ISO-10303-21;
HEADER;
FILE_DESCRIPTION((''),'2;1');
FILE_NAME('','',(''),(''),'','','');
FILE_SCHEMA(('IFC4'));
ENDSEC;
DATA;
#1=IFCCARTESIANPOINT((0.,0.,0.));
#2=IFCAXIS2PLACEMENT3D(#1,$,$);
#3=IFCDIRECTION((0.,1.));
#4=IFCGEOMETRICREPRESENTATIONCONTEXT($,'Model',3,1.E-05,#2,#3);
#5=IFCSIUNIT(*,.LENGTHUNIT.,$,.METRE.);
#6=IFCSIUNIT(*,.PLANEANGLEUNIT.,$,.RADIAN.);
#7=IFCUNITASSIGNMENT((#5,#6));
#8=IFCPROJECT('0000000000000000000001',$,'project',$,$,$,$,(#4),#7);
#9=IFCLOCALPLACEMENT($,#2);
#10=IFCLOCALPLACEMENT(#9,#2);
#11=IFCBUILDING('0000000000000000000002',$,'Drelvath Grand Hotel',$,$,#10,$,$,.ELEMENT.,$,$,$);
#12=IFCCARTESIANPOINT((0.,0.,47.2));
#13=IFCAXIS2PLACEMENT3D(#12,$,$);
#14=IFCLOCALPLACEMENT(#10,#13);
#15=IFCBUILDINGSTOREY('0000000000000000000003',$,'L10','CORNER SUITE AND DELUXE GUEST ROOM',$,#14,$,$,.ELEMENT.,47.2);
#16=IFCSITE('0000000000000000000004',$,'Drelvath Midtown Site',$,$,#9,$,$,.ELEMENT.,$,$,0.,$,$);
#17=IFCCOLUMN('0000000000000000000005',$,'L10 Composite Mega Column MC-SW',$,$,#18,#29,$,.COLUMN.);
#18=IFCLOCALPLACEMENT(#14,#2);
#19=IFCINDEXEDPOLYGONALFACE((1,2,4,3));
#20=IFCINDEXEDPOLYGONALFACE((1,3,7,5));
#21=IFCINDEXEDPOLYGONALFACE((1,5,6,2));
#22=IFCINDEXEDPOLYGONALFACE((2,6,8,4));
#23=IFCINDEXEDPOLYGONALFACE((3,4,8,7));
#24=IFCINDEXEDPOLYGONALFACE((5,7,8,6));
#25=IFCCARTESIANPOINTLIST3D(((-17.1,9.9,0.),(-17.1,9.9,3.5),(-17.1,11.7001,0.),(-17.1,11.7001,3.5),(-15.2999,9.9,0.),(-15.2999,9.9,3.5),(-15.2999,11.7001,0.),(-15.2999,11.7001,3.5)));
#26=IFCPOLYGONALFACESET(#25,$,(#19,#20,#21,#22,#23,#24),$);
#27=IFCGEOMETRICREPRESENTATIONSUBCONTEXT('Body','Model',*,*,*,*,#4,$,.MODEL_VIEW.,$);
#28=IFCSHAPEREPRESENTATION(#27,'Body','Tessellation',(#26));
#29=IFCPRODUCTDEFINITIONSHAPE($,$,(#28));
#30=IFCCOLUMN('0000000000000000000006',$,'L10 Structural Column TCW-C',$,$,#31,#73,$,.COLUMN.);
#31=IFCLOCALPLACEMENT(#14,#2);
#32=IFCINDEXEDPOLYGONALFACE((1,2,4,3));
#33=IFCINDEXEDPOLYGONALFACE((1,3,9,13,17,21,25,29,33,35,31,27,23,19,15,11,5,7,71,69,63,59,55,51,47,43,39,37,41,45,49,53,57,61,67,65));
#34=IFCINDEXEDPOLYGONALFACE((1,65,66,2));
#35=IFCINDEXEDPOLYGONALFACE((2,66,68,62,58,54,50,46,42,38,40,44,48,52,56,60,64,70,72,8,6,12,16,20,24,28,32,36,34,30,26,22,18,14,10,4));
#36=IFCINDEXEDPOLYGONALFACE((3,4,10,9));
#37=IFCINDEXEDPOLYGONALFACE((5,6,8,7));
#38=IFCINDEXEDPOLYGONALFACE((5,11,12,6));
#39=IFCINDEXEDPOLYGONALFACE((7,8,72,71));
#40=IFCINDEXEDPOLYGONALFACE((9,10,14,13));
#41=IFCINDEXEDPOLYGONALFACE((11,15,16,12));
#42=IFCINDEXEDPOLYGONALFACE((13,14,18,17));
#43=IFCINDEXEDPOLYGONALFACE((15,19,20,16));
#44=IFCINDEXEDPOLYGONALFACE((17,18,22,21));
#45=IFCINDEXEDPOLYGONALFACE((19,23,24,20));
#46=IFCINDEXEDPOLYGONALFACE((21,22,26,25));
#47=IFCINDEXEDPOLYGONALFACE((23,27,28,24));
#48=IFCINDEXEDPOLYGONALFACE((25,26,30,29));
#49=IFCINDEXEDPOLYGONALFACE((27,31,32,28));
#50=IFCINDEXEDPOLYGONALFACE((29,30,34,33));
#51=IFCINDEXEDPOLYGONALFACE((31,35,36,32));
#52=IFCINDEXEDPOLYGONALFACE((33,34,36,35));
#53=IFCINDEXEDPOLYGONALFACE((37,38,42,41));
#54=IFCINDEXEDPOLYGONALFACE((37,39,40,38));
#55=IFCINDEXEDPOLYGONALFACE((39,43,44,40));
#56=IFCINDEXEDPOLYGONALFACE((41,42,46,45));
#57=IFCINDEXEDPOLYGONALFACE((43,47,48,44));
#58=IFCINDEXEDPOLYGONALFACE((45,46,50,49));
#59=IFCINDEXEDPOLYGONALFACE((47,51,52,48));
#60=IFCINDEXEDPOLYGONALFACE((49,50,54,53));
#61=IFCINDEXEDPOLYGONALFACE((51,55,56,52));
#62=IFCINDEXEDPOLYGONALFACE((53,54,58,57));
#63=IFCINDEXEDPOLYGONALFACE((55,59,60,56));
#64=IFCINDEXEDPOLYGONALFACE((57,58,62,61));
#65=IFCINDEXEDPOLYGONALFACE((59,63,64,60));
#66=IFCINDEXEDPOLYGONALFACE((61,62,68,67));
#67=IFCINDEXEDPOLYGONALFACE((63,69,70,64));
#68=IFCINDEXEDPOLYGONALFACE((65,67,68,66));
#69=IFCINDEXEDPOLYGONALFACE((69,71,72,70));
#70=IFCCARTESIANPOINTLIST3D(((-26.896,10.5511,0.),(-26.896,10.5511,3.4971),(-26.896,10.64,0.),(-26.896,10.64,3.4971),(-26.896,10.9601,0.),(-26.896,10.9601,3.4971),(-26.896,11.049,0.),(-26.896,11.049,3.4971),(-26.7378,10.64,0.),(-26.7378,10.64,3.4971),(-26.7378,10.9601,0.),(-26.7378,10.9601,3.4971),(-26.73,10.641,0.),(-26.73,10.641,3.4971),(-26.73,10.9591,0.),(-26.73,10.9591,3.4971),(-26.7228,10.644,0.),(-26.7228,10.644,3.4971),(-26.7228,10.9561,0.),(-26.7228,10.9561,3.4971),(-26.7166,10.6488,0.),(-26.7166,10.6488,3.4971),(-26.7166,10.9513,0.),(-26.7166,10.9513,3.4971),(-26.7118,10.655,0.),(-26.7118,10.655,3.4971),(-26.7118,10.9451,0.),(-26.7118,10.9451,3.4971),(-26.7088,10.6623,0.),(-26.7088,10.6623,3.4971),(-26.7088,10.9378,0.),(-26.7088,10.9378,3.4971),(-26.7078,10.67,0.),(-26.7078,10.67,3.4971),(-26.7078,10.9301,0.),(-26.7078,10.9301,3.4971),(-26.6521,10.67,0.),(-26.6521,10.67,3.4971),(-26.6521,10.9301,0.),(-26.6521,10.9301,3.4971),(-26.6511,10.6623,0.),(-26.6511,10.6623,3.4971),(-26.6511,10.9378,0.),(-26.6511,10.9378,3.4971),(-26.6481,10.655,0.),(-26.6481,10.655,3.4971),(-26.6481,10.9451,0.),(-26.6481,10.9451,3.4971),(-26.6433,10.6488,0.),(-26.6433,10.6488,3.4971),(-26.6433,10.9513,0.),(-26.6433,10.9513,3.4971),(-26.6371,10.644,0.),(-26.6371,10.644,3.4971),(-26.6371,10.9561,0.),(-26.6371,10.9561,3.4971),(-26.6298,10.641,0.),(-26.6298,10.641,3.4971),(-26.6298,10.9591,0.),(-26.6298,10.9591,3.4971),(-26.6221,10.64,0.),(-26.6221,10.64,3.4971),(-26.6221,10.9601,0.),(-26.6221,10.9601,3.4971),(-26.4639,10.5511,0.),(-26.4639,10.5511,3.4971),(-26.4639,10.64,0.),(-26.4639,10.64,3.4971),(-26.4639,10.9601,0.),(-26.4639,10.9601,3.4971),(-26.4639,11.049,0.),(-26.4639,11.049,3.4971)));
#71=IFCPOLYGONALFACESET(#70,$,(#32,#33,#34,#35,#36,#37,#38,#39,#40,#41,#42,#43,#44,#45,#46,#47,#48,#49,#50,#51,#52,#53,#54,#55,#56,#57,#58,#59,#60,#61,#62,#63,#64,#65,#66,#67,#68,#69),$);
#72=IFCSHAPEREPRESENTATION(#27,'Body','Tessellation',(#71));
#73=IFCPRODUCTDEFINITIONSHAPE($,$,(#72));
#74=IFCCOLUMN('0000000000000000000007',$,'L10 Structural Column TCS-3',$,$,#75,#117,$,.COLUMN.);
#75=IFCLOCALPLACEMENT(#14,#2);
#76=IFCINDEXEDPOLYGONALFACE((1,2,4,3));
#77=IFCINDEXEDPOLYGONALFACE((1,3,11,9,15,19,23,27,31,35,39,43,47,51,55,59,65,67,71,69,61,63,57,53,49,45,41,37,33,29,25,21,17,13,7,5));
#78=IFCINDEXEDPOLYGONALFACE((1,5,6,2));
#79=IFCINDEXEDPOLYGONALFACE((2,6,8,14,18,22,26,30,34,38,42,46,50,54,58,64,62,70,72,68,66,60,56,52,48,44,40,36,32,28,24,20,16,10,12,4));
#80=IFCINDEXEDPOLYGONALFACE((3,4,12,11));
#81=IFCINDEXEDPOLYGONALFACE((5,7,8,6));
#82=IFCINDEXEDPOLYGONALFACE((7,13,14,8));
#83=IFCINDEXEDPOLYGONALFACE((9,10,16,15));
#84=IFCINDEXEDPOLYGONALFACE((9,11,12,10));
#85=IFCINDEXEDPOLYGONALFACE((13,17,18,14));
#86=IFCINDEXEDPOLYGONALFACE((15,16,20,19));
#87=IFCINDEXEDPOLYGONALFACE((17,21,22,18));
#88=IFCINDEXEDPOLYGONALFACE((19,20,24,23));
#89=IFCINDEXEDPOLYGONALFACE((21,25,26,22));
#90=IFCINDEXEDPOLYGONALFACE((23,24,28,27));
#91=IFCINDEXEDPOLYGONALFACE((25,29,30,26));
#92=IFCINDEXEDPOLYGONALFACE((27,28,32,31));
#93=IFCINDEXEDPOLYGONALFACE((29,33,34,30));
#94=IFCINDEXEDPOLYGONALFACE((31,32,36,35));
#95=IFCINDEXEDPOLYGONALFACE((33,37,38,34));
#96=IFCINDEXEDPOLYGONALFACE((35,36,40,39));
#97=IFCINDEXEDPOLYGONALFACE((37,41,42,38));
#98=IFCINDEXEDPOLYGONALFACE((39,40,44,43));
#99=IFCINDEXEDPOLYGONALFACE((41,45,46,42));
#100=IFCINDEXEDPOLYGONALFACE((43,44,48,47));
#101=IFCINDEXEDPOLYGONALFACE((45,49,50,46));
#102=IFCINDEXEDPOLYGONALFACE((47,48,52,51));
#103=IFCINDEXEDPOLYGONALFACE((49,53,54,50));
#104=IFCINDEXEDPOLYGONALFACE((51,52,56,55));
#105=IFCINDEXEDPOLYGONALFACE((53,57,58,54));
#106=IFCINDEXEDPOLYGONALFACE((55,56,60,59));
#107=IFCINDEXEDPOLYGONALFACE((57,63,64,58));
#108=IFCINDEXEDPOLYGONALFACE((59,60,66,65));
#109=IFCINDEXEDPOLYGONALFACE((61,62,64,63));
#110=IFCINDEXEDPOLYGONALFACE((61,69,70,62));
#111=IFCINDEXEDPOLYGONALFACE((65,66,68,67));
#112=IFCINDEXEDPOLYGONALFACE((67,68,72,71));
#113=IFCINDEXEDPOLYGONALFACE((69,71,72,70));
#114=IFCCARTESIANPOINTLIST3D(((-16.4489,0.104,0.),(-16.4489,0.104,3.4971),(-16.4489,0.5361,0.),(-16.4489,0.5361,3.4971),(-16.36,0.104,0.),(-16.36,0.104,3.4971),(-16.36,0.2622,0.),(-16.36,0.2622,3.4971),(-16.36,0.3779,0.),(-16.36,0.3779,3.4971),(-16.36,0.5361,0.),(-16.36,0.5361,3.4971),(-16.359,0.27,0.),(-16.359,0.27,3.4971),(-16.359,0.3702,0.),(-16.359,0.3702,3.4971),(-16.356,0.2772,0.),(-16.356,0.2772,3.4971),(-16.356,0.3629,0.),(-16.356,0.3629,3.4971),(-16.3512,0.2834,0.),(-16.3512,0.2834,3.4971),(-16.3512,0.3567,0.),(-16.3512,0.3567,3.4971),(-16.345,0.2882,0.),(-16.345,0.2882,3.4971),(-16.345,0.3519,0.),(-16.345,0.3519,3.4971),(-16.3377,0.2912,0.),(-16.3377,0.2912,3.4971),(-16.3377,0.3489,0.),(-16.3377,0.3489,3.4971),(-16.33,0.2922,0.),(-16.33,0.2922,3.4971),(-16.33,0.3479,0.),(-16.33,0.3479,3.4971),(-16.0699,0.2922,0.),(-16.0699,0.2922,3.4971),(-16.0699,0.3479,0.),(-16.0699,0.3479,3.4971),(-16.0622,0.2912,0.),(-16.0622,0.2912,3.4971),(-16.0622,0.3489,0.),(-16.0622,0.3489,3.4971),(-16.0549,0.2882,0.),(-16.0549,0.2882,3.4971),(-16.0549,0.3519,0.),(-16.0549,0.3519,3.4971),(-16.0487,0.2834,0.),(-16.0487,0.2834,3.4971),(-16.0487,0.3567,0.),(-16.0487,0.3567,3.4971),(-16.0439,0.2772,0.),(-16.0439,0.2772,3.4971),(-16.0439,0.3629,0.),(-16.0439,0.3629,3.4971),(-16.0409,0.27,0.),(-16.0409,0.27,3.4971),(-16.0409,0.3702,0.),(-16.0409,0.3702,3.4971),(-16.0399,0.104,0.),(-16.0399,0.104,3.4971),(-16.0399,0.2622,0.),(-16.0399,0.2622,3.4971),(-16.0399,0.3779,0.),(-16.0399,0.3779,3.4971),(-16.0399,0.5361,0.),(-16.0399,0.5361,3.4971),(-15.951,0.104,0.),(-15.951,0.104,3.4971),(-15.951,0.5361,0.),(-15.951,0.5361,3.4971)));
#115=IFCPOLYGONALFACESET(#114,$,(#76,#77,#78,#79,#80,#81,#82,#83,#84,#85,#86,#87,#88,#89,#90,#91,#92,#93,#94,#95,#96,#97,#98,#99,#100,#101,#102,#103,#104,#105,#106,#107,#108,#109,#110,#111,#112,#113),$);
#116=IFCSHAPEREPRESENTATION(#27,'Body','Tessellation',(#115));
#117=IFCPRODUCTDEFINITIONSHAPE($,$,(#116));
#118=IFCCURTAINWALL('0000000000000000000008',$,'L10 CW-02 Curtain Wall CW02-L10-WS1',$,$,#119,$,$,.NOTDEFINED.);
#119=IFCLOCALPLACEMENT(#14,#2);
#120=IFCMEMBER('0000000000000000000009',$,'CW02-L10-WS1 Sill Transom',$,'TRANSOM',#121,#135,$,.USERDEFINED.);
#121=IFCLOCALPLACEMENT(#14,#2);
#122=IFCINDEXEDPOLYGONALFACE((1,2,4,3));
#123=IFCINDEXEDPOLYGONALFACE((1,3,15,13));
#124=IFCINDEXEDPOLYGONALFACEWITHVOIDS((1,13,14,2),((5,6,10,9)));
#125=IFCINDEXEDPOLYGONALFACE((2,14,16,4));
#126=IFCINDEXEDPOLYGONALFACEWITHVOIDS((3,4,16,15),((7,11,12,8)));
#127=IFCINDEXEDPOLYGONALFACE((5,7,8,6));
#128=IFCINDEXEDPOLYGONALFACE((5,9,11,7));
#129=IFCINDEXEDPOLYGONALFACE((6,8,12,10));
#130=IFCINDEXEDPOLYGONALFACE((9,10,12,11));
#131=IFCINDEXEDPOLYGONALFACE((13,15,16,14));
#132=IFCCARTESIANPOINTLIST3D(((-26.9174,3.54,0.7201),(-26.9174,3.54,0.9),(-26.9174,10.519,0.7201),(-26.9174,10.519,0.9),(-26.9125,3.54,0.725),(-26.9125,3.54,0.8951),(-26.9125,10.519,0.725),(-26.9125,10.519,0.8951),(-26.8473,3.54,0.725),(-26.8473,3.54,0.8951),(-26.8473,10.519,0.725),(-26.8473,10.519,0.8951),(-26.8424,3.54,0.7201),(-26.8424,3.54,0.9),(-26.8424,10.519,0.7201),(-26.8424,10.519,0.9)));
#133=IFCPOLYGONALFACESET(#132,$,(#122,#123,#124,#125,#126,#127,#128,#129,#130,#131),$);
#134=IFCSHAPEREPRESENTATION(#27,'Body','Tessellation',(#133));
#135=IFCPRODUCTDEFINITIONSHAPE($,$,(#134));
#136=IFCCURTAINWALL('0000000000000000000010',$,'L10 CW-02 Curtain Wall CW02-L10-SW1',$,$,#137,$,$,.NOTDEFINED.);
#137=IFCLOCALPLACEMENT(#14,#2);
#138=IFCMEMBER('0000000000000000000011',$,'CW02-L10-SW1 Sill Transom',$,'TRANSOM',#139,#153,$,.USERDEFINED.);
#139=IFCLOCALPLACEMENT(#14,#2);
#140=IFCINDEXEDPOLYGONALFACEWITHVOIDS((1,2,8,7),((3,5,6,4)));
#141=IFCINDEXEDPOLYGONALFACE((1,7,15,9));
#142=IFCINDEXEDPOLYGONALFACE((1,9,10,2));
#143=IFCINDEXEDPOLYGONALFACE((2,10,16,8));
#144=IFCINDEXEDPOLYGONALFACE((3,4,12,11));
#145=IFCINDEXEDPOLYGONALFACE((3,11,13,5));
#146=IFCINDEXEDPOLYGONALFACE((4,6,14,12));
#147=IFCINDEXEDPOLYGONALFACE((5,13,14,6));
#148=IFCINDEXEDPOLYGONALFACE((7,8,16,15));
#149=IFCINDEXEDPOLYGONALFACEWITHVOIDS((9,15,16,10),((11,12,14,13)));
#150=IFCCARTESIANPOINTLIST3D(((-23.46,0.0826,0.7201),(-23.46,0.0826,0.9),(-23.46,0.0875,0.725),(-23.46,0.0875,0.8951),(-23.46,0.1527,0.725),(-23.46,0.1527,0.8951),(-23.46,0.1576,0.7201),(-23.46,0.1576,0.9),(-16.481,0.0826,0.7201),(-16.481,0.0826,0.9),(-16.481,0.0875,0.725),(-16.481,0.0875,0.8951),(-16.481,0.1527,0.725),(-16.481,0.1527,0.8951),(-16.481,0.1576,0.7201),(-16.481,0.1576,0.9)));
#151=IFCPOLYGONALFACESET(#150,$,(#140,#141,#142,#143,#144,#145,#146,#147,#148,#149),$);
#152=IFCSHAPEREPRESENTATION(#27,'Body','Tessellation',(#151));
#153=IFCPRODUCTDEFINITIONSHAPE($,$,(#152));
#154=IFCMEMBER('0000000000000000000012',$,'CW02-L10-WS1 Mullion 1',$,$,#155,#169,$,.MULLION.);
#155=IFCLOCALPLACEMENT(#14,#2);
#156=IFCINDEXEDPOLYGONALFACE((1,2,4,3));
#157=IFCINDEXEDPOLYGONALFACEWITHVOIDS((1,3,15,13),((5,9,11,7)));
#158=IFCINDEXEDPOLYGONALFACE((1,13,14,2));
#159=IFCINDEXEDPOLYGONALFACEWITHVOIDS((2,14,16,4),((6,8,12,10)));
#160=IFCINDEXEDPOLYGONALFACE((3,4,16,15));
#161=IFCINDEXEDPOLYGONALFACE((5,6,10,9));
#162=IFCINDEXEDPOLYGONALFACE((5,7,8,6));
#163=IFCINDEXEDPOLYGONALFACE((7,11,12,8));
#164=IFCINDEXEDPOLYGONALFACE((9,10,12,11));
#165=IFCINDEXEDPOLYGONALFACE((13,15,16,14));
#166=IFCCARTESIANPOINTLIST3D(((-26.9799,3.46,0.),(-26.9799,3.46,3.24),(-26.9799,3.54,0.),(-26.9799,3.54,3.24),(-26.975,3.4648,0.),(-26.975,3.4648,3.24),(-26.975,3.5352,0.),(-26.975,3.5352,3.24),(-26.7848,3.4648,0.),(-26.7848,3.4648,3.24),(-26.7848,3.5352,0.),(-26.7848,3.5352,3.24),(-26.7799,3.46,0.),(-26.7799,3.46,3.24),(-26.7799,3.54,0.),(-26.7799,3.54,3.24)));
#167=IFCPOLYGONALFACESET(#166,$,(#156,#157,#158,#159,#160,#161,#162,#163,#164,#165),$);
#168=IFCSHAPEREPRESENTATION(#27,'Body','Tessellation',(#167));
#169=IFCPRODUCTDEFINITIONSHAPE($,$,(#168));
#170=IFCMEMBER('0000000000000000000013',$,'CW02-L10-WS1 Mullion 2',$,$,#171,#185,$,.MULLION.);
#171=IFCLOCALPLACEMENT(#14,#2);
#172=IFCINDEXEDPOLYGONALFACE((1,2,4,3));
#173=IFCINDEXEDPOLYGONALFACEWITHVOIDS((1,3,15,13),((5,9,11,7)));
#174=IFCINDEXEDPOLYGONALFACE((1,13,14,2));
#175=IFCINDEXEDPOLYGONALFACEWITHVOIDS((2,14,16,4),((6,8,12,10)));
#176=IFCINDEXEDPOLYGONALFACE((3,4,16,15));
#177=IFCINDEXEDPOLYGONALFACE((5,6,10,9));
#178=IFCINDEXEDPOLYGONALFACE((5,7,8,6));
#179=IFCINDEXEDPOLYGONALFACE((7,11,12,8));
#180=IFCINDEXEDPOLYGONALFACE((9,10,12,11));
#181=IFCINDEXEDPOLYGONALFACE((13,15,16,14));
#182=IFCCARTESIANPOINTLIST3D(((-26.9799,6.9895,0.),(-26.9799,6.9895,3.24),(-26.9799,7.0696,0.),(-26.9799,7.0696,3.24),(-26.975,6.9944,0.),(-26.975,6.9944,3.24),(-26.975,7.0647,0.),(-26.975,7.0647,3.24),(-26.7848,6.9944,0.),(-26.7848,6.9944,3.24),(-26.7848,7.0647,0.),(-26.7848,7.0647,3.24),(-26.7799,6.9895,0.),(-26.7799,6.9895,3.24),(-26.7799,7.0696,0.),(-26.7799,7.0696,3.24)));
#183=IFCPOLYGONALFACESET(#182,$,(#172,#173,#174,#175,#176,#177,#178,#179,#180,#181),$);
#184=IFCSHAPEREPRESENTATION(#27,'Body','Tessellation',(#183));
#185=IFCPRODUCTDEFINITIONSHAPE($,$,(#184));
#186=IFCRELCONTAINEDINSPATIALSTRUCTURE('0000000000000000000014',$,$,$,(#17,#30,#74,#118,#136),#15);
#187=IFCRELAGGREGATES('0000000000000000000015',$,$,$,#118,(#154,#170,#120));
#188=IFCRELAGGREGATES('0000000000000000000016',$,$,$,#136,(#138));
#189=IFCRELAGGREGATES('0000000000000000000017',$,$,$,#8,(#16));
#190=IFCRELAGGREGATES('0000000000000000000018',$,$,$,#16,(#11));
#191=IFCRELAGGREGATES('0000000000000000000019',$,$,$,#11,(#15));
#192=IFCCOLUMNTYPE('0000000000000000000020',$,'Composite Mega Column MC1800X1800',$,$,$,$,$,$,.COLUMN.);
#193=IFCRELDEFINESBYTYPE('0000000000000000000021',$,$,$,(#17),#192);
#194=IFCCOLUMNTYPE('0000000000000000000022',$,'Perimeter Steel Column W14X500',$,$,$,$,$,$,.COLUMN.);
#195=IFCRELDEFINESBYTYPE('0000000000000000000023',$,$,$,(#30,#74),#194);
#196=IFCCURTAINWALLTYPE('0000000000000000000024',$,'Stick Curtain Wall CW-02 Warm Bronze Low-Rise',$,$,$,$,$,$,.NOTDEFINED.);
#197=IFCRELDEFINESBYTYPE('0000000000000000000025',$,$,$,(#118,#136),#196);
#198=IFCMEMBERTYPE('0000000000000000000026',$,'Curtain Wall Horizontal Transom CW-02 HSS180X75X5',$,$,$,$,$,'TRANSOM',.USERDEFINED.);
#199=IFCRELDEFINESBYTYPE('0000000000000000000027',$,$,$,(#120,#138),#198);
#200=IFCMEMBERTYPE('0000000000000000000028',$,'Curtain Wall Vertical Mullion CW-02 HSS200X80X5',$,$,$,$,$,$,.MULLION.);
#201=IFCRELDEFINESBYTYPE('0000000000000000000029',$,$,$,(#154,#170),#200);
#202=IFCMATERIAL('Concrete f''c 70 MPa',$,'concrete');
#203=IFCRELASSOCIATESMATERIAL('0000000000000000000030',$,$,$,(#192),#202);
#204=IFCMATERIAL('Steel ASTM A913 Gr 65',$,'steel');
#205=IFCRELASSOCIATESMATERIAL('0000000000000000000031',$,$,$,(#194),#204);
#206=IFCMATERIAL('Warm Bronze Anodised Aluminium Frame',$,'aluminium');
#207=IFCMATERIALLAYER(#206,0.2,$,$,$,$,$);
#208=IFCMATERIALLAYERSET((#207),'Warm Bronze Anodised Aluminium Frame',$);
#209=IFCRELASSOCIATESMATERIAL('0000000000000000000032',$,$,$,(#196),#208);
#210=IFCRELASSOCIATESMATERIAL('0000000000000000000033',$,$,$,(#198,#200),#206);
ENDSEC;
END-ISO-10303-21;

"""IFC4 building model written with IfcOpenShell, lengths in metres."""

from ifc_helpers import new_model, si_unit, direction, frame, origin, origin_2d, place, context, subcontext, project, spatial, rectangle, hollow_rectangle, i_section, extrude, material, layer, layer_set, material_profile, profile_set, type_object, element, aggregate, save


model = new_model("IFC4")

# Units and contexts
model_context = context("Model", 3, precision=1e-05, world=origin(), true_north=direction((0.0, 1.0)))
body_context = subcontext(model_context, "Body", "Model", "MODEL_VIEW")
ifc_project = project(units=[si_unit("LENGTHUNIT", "METRE"), si_unit("PLANEANGLEUNIT", "RADIAN")], contexts=[model_context])

# Site, building, storey
site_placement = place(None, origin())
site = spatial("IfcSite", under=ifc_project, at=site_placement, Name="Drelvath Midtown Site", CompositionType="ELEMENT", RefElevation=0.0)
building_placement = place(site_placement, origin())
building = spatial("IfcBuilding", under=site, at=building_placement, Name="Drelvath Grand Hotel", CompositionType="ELEMENT")
storey_placement = place(building_placement, frame((0.0, 0.0, 47.2)))
storey = spatial("IfcBuildingStorey", under=building, at=storey_placement, Name="L10", Description="CORNER SUITE AND DELUXE GUEST ROOM", CompositionType="ELEMENT", Elevation=47.2)

# Columns
ifc_material_1 = material(Name="Concrete f'c 70 MPa", Category="concrete")
ifc_material_profile_1 = material_profile(ifc_material_1, rectangle(XDim=1.8, YDim=1.8, at=origin_2d()), Name="MC1800X1800")
ifc_profile_set_1 = profile_set([ifc_material_profile_1], Name="Concrete f'c 70 MPa")
column_type_1 = type_object("IfcColumnType", Name="Composite Mega Column MC1800X1800", PredefinedType="COLUMN", material=ifc_profile_set_1)
column_placement = place(storey_placement, frame((-16.2, 10.8, 0.0), z_axis=(0.0, 0.0, 1.0), x_axis=(1.0, 0.0, 0.0)))
element("IfcColumn", 1, at=column_placement, inside=storey, type_object=column_type_1, Name="L10 Composite Mega Column MC-SW", PredefinedType="COLUMN", context=body_context, shape_type="SweptSolid", body=[
    extrude(rectangle(XDim=1.8, YDim=1.8, at=origin_2d()), origin(), (0.0, 0.0, 1.0), 3.5),
])
ifc_material_2 = material(Name="Steel ASTM A913 Gr 65", Category="steel")
ifc_material_profile_2 = material_profile(ifc_material_2, i_section(OverallWidth=0.4321, OverallDepth=0.4978, WebThickness=0.0557, FlangeThickness=0.0889, FilletRadius=0.03, at=origin_2d()), Name="W14X500")
ifc_profile_set_2 = profile_set([ifc_material_profile_2], Name="Steel ASTM A913 Gr 65")
column_type_2 = type_object("IfcColumnType", Name="Perimeter Steel Column W14X500", PredefinedType="COLUMN", material=ifc_profile_set_2)
for number, where, z_axis, x_axis, name in (
    (2, (-26.6799, 10.8, 0.0), (0.0, 0.0, 1.0), (1.0, 0.0, 0.0), "L10 Structural Column TCW-C"),
    (3, (-16.2, 0.3201, 0.0), (0.0, 0.0, 1.0), (0.0, 1.0, 0.0), "L10 Structural Column TCS-3"),
):
    element("IfcColumn", number, at=place(storey_placement, frame(where, z_axis=z_axis, x_axis=x_axis)), inside=storey, type_object=column_type_2, Name=name, PredefinedType="COLUMN", context=body_context, shape_type="SweptSolid", body=[
        extrude(i_section(OverallWidth=0.4321, OverallDepth=0.4978, WebThickness=0.0557, FlangeThickness=0.0889, FilletRadius=0.03, at=origin_2d()), origin(), (0.0, 0.0, 1.0), 3.4971),
    ])

# Curtain walls, members
ifc_material_3 = material(Name="Warm Bronze Anodised Aluminium Frame", Category="aluminium")
ifc_layer_1 = layer(ifc_material_3, 0.2)
ifc_layer_set_1 = layer_set([ifc_layer_1], Name="Warm Bronze Anodised Aluminium Frame")
curtain_wall_type = type_object("IfcCurtainWallType", Name="Stick Curtain Wall CW-02 Warm Bronze Low-Rise", PredefinedType="NOTDEFINED", material=ifc_layer_set_1)
curtain_wall_1_placement = place(storey_placement, origin())
curtain_wall_1 = element("IfcCurtainWall", 4, at=curtain_wall_1_placement, inside=storey, type_object=curtain_wall_type, Name="L10 CW-02 Curtain Wall CW02-L10-WS1", PredefinedType="NOTDEFINED")
ifc_material_profile_3 = material_profile(ifc_material_3, hollow_rectangle(XDim=0.075, YDim=0.1799, WallThickness=0.0049, at=origin_2d()), Name="HSS180X75X5")
ifc_profile_set_3 = profile_set([ifc_material_profile_3], Name="Warm Bronze Anodised Aluminium Frame")
member_type_1 = type_object("IfcMemberType", Name="Curtain Wall Horizontal Transom CW-02 HSS180X75X5", ElementType="TRANSOM", PredefinedType="USERDEFINED", material=ifc_profile_set_3)
member_1_placement = place(storey_placement, frame((-26.8799, 3.54, 0.8101), z_axis=(0.0, 1.0, 0.0), x_axis=(-1.0, 0.0, 0.0)))
member_1 = element("IfcMember", 5, at=member_1_placement, type_object=member_type_1, Name="CW02-L10-WS1 Sill Transom", ObjectType="TRANSOM", PredefinedType="USERDEFINED", context=body_context, shape_type="SweptSolid", body=[
    extrude(hollow_rectangle(XDim=0.075, YDim=0.1799, WallThickness=0.0049, at=origin_2d()), origin(), (0.0, 0.0, 1.0), 6.979),
])
curtain_wall_2_placement = place(storey_placement, origin())
curtain_wall_2 = element("IfcCurtainWall", 6, at=curtain_wall_2_placement, inside=storey, type_object=curtain_wall_type, Name="L10 CW-02 Curtain Wall CW02-L10-SW1", PredefinedType="NOTDEFINED")
member_2_placement = place(storey_placement, frame((-16.481, 0.1201, 0.8101), z_axis=(-1.0, 0.0, 0.0), x_axis=(0.0, -1.0, 0.0)))
member_2 = element("IfcMember", 7, at=member_2_placement, type_object=member_type_1, Name="CW02-L10-SW1 Sill Transom", ObjectType="TRANSOM", PredefinedType="USERDEFINED", context=body_context, shape_type="SweptSolid", body=[
    extrude(hollow_rectangle(XDim=0.075, YDim=0.1799, WallThickness=0.0049, at=origin_2d()), origin(), (0.0, 0.0, 1.0), 6.979),
])

# Members
ifc_material_profile_4 = material_profile(ifc_material_3, hollow_rectangle(XDim=0.0801, YDim=0.2, WallThickness=0.0049, at=origin_2d()), Name="HSS200X80X5")
ifc_profile_set_4 = profile_set([ifc_material_profile_4], Name="Warm Bronze Anodised Aluminium Frame")
member_type_2 = type_object("IfcMemberType", Name="Curtain Wall Vertical Mullion CW-02 HSS200X80X5", PredefinedType="MULLION", material=ifc_profile_set_4)
member_3_placement = place(storey_placement, frame((-26.8799, 3.5, 0.0), z_axis=(0.0, 0.0, 1.0), x_axis=(0.0, 1.0, 0.0)))
member_3 = element("IfcMember", 8, at=member_3_placement, type_object=member_type_2, Name="CW02-L10-WS1 Mullion 1", PredefinedType="MULLION", context=body_context, shape_type="SweptSolid", body=[
    extrude(hollow_rectangle(XDim=0.0801, YDim=0.2, WallThickness=0.0049, at=origin_2d()), origin(), (0.0, 0.0, 1.0), 3.24),
])
member_4_placement = place(storey_placement, frame((-26.8799, 7.0295, 0.0), z_axis=(0.0, 0.0, 1.0), x_axis=(0.0, 1.0, 0.0)))
member_4 = element("IfcMember", 9, at=member_4_placement, type_object=member_type_2, Name="CW02-L10-WS1 Mullion 2", PredefinedType="MULLION", context=body_context, shape_type="SweptSolid", body=[
    extrude(hollow_rectangle(XDim=0.0801, YDim=0.2, WallThickness=0.0049, at=origin_2d()), origin(), (0.0, 0.0, 1.0), 3.24),
])

aggregate(curtain_wall_1, [member_3, member_4, member_1])
aggregate(curtain_wall_2, [member_2])

save(model, "model.ifc")
